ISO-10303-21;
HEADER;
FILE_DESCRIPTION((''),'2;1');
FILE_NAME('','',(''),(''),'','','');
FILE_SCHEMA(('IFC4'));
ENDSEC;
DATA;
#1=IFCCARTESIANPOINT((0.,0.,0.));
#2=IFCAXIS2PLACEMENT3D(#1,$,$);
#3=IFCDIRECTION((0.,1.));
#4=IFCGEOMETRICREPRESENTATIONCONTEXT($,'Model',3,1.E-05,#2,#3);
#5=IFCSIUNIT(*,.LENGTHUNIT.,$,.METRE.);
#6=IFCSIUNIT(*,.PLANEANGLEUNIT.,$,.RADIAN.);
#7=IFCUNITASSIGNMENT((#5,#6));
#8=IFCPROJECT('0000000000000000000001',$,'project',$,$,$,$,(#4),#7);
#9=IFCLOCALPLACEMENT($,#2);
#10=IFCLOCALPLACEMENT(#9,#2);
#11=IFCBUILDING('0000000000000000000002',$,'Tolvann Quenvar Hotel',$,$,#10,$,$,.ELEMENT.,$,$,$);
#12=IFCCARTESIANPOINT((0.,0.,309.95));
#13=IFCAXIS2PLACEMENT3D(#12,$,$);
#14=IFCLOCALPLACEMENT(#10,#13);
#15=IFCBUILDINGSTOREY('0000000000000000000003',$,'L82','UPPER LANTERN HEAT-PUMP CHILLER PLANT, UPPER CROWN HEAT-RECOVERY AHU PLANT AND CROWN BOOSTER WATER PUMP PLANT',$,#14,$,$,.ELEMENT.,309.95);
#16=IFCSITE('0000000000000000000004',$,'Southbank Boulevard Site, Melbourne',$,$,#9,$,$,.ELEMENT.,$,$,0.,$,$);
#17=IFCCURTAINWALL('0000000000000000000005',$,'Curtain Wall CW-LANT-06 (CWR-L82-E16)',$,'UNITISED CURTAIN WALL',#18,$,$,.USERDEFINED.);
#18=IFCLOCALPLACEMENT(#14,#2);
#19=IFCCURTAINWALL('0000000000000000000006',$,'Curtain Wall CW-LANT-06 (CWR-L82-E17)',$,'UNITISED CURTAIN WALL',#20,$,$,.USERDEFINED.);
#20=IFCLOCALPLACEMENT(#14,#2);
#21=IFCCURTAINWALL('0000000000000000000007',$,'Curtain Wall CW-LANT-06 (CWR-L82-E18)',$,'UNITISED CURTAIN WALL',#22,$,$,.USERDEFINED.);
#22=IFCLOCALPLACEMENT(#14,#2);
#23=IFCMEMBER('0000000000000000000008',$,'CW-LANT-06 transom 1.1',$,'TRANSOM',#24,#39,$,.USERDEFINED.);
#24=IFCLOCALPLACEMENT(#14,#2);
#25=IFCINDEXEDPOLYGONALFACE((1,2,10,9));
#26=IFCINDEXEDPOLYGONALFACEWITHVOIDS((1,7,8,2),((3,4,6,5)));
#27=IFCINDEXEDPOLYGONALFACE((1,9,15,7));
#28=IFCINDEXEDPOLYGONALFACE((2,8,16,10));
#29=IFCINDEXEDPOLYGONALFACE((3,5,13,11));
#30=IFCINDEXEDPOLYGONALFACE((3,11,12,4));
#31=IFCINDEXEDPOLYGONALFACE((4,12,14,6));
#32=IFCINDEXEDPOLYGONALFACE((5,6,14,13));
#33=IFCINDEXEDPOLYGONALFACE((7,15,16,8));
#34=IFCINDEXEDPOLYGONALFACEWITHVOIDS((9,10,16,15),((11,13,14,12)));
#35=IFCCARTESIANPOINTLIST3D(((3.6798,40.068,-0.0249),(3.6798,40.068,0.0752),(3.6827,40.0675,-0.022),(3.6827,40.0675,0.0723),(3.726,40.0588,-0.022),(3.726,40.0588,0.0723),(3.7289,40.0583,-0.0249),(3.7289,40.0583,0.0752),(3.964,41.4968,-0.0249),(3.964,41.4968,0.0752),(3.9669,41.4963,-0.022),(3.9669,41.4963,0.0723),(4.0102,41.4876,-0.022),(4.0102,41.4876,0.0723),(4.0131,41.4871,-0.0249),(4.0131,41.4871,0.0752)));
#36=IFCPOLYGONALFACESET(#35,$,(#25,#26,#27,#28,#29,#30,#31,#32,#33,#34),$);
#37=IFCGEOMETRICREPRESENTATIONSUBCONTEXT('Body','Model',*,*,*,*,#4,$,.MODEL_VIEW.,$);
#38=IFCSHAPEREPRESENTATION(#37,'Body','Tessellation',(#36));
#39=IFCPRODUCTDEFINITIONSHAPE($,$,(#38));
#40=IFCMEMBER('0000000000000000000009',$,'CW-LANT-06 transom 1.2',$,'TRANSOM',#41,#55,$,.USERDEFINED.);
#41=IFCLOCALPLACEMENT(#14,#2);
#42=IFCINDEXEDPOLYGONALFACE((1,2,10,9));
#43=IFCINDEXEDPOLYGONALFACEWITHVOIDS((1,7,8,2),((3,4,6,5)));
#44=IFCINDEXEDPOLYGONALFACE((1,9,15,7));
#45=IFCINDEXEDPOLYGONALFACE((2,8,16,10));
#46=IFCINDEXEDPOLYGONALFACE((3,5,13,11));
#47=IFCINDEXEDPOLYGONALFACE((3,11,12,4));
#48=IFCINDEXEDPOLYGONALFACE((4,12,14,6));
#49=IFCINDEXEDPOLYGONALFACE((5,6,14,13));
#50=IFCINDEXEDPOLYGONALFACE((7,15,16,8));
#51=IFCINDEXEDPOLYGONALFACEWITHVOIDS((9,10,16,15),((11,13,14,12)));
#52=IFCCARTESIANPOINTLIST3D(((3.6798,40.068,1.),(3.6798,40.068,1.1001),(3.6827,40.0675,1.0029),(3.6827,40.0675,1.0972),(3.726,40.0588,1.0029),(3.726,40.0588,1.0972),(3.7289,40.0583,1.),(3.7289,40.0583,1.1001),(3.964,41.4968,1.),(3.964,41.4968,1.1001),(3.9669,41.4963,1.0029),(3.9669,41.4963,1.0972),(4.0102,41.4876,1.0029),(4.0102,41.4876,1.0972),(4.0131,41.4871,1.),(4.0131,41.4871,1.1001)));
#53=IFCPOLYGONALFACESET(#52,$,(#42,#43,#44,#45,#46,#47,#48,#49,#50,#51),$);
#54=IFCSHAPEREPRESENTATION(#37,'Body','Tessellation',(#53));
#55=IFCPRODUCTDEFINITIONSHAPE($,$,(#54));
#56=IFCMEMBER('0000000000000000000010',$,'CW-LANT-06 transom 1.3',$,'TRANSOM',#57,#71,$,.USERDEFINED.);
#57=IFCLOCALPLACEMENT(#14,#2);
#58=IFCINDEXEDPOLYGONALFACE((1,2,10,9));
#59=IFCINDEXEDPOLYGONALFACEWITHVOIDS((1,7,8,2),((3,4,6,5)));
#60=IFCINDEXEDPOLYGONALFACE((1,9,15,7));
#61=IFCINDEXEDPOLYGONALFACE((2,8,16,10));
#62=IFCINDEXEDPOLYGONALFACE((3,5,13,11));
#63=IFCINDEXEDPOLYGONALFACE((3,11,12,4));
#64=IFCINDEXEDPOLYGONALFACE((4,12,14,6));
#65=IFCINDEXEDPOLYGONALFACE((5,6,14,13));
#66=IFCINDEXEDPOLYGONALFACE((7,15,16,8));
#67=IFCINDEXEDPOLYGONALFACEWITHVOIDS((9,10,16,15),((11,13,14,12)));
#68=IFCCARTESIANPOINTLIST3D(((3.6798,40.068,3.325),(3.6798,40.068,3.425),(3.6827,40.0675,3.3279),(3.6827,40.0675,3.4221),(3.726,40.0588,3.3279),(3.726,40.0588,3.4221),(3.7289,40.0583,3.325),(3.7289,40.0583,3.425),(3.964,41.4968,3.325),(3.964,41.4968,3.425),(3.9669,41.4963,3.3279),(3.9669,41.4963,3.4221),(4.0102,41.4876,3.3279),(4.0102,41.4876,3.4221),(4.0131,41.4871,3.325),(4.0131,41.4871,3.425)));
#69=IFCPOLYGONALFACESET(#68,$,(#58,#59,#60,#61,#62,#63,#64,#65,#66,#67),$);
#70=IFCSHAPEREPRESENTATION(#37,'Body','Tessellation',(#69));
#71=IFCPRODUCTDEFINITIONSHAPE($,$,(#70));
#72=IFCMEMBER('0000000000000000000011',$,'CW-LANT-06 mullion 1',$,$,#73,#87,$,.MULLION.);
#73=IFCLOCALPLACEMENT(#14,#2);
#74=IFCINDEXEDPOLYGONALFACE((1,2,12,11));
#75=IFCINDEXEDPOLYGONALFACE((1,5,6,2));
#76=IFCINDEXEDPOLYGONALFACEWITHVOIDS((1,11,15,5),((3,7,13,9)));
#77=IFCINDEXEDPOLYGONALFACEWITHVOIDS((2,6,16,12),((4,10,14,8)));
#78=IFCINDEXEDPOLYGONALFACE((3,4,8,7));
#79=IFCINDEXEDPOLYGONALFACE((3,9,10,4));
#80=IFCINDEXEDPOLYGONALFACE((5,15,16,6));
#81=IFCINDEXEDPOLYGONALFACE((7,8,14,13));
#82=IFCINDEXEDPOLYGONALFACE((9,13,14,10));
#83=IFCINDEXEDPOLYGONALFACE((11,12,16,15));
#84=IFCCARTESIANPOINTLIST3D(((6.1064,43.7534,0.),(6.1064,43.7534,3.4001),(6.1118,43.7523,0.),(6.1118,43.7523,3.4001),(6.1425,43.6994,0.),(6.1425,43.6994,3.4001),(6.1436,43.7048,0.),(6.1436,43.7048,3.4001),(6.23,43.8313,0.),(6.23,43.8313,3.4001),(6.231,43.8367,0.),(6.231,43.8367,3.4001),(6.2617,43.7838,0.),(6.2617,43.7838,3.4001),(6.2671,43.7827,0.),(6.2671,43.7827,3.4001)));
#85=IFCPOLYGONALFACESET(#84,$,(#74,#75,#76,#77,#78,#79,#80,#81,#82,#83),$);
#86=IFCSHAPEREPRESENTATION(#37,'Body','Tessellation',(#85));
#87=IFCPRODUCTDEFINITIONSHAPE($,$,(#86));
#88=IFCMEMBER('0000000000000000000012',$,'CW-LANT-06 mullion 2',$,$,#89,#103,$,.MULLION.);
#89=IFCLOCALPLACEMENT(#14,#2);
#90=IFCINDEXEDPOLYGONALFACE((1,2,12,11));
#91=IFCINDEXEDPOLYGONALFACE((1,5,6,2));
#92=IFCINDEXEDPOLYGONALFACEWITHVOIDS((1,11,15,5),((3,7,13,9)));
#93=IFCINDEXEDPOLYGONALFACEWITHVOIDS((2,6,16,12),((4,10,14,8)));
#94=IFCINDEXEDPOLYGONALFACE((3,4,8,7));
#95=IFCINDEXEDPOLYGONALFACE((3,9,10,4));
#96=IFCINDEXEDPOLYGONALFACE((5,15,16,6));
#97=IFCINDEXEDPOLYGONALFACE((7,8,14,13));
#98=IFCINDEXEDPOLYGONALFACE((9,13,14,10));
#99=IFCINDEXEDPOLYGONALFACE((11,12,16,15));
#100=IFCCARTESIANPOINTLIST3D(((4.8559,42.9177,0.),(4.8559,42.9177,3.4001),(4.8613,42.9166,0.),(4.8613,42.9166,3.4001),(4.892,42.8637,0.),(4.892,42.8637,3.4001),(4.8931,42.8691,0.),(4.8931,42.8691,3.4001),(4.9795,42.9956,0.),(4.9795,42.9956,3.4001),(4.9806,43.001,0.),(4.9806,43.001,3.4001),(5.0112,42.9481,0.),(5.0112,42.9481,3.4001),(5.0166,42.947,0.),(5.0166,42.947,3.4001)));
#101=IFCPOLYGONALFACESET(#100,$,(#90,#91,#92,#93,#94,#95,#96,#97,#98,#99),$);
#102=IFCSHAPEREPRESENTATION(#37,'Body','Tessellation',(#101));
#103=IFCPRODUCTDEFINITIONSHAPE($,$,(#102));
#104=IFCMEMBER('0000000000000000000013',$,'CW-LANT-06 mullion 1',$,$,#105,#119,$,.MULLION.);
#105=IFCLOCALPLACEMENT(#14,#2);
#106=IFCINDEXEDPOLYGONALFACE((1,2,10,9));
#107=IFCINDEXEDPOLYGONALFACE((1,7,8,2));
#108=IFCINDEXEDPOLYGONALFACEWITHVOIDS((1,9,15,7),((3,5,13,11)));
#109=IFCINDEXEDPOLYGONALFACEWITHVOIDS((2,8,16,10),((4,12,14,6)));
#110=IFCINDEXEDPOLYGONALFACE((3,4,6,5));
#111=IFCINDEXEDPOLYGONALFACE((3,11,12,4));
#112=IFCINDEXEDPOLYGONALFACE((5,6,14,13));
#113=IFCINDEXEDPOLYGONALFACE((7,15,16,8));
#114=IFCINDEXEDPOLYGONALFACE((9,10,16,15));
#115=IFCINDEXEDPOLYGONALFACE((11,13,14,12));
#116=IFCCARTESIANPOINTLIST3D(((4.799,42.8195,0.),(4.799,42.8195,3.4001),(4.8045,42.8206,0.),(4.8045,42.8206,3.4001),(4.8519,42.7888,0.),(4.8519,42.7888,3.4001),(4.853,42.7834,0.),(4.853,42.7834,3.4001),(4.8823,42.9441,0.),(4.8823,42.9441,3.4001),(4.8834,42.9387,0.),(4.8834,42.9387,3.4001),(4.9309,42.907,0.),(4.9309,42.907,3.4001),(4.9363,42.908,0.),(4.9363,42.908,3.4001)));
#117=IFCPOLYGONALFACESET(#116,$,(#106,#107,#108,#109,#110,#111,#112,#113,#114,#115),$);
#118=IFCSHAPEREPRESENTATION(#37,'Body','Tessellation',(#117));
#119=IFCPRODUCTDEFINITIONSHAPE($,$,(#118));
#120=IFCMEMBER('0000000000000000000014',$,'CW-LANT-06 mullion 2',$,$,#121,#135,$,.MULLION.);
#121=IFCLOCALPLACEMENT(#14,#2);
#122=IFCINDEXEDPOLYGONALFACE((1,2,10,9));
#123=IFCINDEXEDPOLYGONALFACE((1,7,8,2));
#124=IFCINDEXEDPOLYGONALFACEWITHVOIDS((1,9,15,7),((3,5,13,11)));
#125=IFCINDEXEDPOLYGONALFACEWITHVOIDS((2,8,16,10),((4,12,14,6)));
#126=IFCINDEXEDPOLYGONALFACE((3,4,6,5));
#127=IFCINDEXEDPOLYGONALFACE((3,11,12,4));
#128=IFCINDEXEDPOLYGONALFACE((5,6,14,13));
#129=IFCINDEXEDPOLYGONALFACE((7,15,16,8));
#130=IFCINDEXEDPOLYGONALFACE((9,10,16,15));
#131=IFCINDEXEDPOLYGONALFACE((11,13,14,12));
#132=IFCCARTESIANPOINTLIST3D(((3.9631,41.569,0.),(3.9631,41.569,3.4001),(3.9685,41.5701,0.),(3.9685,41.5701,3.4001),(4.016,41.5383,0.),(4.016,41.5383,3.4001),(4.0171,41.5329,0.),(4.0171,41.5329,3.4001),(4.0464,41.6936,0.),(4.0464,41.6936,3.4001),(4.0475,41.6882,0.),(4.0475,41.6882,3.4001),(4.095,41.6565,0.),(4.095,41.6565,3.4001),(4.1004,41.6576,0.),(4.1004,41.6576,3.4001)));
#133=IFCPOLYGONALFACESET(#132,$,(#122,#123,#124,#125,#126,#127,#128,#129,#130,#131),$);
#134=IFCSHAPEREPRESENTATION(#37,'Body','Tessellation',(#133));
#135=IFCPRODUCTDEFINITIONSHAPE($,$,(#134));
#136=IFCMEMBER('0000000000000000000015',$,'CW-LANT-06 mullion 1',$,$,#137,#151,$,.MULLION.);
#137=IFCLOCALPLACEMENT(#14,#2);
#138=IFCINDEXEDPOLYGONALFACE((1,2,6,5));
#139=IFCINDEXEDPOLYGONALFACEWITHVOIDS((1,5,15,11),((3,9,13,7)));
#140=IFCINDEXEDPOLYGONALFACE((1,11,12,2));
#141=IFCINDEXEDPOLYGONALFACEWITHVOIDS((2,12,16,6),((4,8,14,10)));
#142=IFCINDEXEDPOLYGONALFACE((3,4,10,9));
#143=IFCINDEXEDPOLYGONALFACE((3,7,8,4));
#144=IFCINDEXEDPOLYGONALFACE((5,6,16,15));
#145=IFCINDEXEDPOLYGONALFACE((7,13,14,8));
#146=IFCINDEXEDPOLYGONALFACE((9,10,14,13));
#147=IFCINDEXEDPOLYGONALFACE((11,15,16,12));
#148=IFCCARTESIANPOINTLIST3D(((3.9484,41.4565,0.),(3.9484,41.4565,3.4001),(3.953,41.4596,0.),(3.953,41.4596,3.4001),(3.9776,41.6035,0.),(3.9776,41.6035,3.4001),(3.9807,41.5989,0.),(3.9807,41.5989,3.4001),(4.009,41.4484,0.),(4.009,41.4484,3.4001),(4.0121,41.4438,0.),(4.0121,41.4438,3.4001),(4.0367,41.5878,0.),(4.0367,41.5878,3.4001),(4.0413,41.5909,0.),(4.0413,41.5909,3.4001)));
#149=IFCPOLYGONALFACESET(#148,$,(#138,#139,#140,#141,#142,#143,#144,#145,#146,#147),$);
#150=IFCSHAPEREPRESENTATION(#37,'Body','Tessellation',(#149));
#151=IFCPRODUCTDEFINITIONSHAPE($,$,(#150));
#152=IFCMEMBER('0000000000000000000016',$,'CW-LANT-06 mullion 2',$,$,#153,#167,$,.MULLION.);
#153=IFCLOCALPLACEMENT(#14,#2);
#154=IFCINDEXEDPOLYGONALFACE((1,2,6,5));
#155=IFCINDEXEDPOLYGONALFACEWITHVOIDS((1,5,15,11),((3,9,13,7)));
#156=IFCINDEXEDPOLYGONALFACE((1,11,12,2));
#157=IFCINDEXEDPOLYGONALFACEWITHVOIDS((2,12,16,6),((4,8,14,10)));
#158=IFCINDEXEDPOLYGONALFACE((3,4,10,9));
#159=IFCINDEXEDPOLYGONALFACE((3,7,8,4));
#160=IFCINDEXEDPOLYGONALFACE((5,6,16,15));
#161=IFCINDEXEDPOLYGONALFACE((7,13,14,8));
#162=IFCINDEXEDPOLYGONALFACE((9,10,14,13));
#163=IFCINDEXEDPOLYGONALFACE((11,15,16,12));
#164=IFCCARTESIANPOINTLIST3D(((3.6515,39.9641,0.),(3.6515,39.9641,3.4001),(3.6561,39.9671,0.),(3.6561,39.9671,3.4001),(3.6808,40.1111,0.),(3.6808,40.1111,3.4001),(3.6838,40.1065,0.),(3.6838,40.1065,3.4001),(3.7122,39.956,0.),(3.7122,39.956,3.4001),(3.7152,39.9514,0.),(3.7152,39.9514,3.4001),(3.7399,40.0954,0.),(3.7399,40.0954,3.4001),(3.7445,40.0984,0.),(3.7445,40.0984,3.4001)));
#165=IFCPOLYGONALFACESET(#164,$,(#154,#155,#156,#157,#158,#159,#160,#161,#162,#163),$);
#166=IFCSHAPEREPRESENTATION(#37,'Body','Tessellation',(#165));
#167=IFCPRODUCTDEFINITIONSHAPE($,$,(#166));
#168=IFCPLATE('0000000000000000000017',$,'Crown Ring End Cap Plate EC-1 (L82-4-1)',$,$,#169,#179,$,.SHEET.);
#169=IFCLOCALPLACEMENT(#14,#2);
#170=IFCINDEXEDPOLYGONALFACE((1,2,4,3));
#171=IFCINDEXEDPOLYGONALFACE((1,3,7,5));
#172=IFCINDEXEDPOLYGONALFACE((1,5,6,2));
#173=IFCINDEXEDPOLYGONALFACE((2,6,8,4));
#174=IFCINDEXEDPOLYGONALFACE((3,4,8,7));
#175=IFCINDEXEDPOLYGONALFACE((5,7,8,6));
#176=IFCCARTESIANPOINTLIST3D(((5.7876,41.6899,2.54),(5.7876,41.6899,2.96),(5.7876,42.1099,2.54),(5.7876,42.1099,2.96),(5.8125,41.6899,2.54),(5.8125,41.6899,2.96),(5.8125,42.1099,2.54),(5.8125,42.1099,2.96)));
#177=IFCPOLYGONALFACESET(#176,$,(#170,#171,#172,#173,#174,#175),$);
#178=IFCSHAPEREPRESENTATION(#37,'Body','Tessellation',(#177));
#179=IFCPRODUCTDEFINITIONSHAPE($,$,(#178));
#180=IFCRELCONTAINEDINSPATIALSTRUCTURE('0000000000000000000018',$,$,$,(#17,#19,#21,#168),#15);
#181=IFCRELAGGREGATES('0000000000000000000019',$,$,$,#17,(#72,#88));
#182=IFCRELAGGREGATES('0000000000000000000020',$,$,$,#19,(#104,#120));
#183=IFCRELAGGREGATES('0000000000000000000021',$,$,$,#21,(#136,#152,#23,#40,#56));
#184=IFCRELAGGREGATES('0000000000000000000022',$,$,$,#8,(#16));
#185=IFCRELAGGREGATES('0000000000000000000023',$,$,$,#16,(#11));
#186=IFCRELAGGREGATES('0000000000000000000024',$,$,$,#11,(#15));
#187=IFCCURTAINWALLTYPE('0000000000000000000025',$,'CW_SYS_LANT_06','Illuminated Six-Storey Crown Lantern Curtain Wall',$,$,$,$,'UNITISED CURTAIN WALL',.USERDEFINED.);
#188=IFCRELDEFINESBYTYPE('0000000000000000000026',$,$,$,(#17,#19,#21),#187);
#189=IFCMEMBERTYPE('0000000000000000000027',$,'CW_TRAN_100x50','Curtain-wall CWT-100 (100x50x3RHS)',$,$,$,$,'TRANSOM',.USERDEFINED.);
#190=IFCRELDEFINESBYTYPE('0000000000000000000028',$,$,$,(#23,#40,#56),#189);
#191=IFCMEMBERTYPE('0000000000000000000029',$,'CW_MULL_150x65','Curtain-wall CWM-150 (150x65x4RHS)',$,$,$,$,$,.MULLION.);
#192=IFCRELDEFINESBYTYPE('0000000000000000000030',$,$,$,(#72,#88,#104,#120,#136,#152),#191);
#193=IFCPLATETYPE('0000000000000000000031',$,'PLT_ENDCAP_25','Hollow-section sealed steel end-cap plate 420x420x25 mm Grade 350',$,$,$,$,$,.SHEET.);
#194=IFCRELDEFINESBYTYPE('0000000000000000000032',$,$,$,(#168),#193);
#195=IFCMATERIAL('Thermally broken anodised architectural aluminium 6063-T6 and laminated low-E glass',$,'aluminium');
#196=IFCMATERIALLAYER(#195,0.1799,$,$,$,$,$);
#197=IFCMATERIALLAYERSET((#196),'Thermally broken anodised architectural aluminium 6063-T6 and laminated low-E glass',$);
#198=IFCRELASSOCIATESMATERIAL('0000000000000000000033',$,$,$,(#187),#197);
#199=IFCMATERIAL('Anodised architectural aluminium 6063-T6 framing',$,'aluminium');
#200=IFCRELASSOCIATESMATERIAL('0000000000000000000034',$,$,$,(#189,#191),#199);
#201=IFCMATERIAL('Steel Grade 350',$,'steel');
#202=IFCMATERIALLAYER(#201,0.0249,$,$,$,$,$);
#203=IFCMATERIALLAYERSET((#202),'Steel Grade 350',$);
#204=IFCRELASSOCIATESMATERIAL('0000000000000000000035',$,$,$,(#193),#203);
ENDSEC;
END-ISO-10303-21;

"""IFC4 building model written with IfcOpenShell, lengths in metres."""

from ifc_helpers import new_model, si_unit, direction, frame, origin, origin_2d, place, context, subcontext, project, spatial, rectangle, hollow_rectangle, extrude, source, transform, mapped, material, layer, layer_set, material_profile, profile_set, type_object, type_shapes, element, aggregate, save


model = new_model("IFC4")

# Units and contexts
model_context = context("Model", 3, precision=1e-05, world=origin(), true_north=direction((0.0, 1.0)))
body_context = subcontext(model_context, "Body", "Model", "MODEL_VIEW")
ifc_project = project(units=[si_unit("LENGTHUNIT", "METRE"), si_unit("PLANEANGLEUNIT", "RADIAN")], contexts=[model_context])

# Site, building, storey
site_placement = place(None, origin())
site = spatial("IfcSite", under=ifc_project, at=site_placement, Name="Southbank Boulevard Site, Melbourne", CompositionType="ELEMENT", RefElevation=0.0)
building_placement = place(site_placement, origin())
building = spatial("IfcBuilding", under=site, at=building_placement, Name="Tolvann Quenvar Hotel", CompositionType="ELEMENT")
storey_placement = place(building_placement, frame((0.0, 0.0, 309.95)))
storey = spatial("IfcBuildingStorey", under=building, at=storey_placement, Name="L82", Description="UPPER LANTERN HEAT-PUMP CHILLER PLANT, UPPER CROWN HEAT-RECOVERY AHU PLANT AND CROWN BOOSTER WATER PUMP PLANT", CompositionType="ELEMENT", Elevation=309.95)

# Shared definitions
ifc_material_1 = material(Name="Steel Grade 350", Category="steel")

# Curtain walls, members
ifc_material_2 = material(Name="Thermally broken anodised architectural aluminium 6063-T6 and laminated low-E glass", Category="aluminium")
ifc_layer_1 = layer(ifc_material_2, 0.1799)
ifc_layer_set_1 = layer_set([ifc_layer_1], Name="Thermally broken anodised architectural aluminium 6063-T6 and laminated low-E glass")
curtain_wall_type = type_object("IfcCurtainWallType", Name="CW_SYS_LANT_06", Description="Illuminated Six-Storey Crown Lantern Curtain Wall", ElementType="UNITISED CURTAIN WALL", PredefinedType="USERDEFINED", material=ifc_layer_set_1)
curtain_wall_1_placement = place(storey_placement, origin())
curtain_wall_1 = element("IfcCurtainWall", 1, at=curtain_wall_1_placement, inside=storey, type_object=curtain_wall_type, Name="Curtain Wall CW-LANT-06 (CWR-L82-E16)", ObjectType="UNITISED CURTAIN WALL", PredefinedType="USERDEFINED")
ifc_material_3 = material(Name="Anodised architectural aluminium 6063-T6 framing", Category="aluminium")
ifc_material_profile_1 = material_profile(ifc_material_3, hollow_rectangle(XDim=0.05, YDim=0.1001, WallThickness=0.0029, at=origin_2d()), Name="100x50x3RHS")
ifc_profile_set_1 = profile_set([ifc_material_profile_1], Name="Anodised architectural aluminium 6063-T6 framing")
member_type_1 = type_object("IfcMemberType", Name="CW_TRAN_100x50", Description="Curtain-wall CWT-100 (100x50x3RHS)", ElementType="TRANSOM", PredefinedType="USERDEFINED", material=ifc_profile_set_1)
curtain_wall_2_placement = place(storey_placement, origin())
curtain_wall_2 = element("IfcCurtainWall", 2, at=curtain_wall_2_placement, inside=storey, type_object=curtain_wall_type, Name="Curtain Wall CW-LANT-06 (CWR-L82-E17)", ObjectType="UNITISED CURTAIN WALL", PredefinedType="USERDEFINED")
curtain_wall_3_placement = place(storey_placement, origin())
curtain_wall_3 = element("IfcCurtainWall", 3, at=curtain_wall_3_placement, inside=storey, type_object=curtain_wall_type, Name="Curtain Wall CW-LANT-06 (CWR-L82-E18)", ObjectType="UNITISED CURTAIN WALL", PredefinedType="USERDEFINED")
shared_shape_1 = source(origin(), body_context, "Body", "SweptSolid", [
    extrude(hollow_rectangle(XDim=0.05, YDim=0.1001, WallThickness=0.0029, at=origin_2d()), origin(), (0.0, 0.0, 1.0), 1.4568),
])
member_1_placement = place(storey_placement, frame((3.9885, 41.4919, 0.0251), z_axis=(-0.195085, -0.980786, 0.0), x_axis=(0.980786, -0.195085, 0.0)))
member_1 = element("IfcMember", 4, at=member_1_placement, type_object=member_type_1, Name="CW-LANT-06 transom 1.1", ObjectType="TRANSOM", PredefinedType="USERDEFINED", context=body_context, shape_type="MappedRepresentation", body=[
    mapped(shared_shape_1, transform((0.0, 0.0, 0.0), x_axis=(1.0, 0.0, 0.0), y_axis=(0.0, 1.0, 0.0), z_axis=(0.0, 0.0, 1.0), scale=1.0)),
])
member_2_placement = place(storey_placement, frame((3.9885, 41.4919, 1.05), z_axis=(-0.195085, -0.980786, 0.0), x_axis=(0.980786, -0.195085, 0.0)))
member_2 = element("IfcMember", 5, at=member_2_placement, type_object=member_type_1, Name="CW-LANT-06 transom 1.2", ObjectType="TRANSOM", PredefinedType="USERDEFINED", context=body_context, shape_type="MappedRepresentation", body=[
    mapped(shared_shape_1, transform((0.0, 0.0, 0.0), x_axis=(1.0, 0.0, 0.0), y_axis=(0.0, 1.0, 0.0), z_axis=(0.0, 0.0, 1.0), scale=1.0)),
])
member_3_placement = place(storey_placement, frame((3.9885, 41.4919, 3.375), z_axis=(-0.195085, -0.980786, 0.0), x_axis=(0.980786, -0.195085, 0.0)))
member_3 = element("IfcMember", 6, at=member_3_placement, type_object=member_type_1, Name="CW-LANT-06 transom 1.3", ObjectType="TRANSOM", PredefinedType="USERDEFINED", context=body_context, shape_type="MappedRepresentation", body=[
    mapped(shared_shape_1, transform((0.0, 0.0, 0.0), x_axis=(1.0, 0.0, 0.0), y_axis=(0.0, 1.0, 0.0), z_axis=(0.0, 0.0, 1.0), scale=1.0)),
])

# Members
ifc_material_profile_2 = material_profile(ifc_material_3, hollow_rectangle(XDim=0.0649, YDim=0.1499, WallThickness=0.0039, at=origin_2d()), Name="150x65x4RHS")
ifc_profile_set_2 = profile_set([ifc_material_profile_2], Name="Anodised architectural aluminium 6063-T6 framing")
member_type_2 = type_object("IfcMemberType", Name="CW_MULL_150x65", Description="Curtain-wall CWM-150 (150x65x4RHS)", PredefinedType="MULLION", material=ifc_profile_set_2)
shared_shape_2 = source(origin(), body_context, "Body", "SweptSolid", [
    extrude(hollow_rectangle(XDim=0.0649, YDim=0.1499, WallThickness=0.0039, at=origin_2d()), origin(), (0.0, 0.0, 1.0), 3.4001),
])
type_shapes(member_type_2, [shared_shape_2])
member_4_placement = place(storey_placement, frame((6.1868, 43.7681, 0.0), z_axis=(0.0, 0.0, 1.0), x_axis=(0.555656, -0.831412, 0.0)))
member_4 = element("IfcMember", 7, at=member_4_placement, type_object=member_type_2, Name="CW-LANT-06 mullion 1", PredefinedType="MULLION", context=body_context, shape_type="MappedRepresentation", body=[
    mapped(shared_shape_2, transform((0.0, 0.0, 0.0), x_axis=(1.0, 0.0, 0.0), y_axis=(0.0, 1.0, 0.0), z_axis=(0.0, 0.0, 1.0), scale=1.0)),
])
member_5_placement = place(storey_placement, frame((4.9363, 42.9324, 0.0), z_axis=(0.0, 0.0, 1.0), x_axis=(0.555656, -0.831412, 0.0)))
member_5 = element("IfcMember", 8, at=member_5_placement, type_object=member_type_2, Name="CW-LANT-06 mullion 2", PredefinedType="MULLION", context=body_context, shape_type="MappedRepresentation", body=[
    mapped(shared_shape_2, transform((0.0, 0.0, 0.0), x_axis=(1.0, 0.0, 0.0), y_axis=(0.0, 1.0, 0.0), z_axis=(0.0, 0.0, 1.0), scale=1.0)),
])
member_6_placement = place(storey_placement, frame((4.8677, 42.8638, 0.0), z_axis=(0.0, 0.0, 1.0), x_axis=(0.831412, -0.555656, 0.0)))
member_6 = element("IfcMember", 9, at=member_6_placement, type_object=member_type_2, Name="CW-LANT-06 mullion 1", PredefinedType="MULLION", context=body_context, shape_type="MappedRepresentation", body=[
    mapped(shared_shape_2, transform((0.0, 0.0, 0.0), x_axis=(1.0, 0.0, 0.0), y_axis=(0.0, 1.0, 0.0), z_axis=(0.0, 0.0, 1.0), scale=1.0)),
])
member_7_placement = place(storey_placement, frame((4.0317, 41.6133, 0.0), z_axis=(0.0, 0.0, 1.0), x_axis=(0.831412, -0.555656, 0.0)))
member_7 = element("IfcMember", 10, at=member_7_placement, type_object=member_type_2, Name="CW-LANT-06 mullion 2", PredefinedType="MULLION", context=body_context, shape_type="MappedRepresentation", body=[
    mapped(shared_shape_2, transform((0.0, 0.0, 0.0), x_axis=(1.0, 0.0, 0.0), y_axis=(0.0, 1.0, 0.0), z_axis=(0.0, 0.0, 1.0), scale=1.0)),
])
member_8_placement = place(storey_placement, frame((3.9949, 41.5237, 0.0), z_axis=(0.0, 0.0, 1.0), x_axis=(0.980791, -0.195062, 0.0)))
member_8 = element("IfcMember", 11, at=member_8_placement, type_object=member_type_2, Name="CW-LANT-06 mullion 1", PredefinedType="MULLION", context=body_context, shape_type="MappedRepresentation", body=[
    mapped(shared_shape_2, transform((0.0, 0.0, 0.0), x_axis=(1.0, 0.0, 0.0), y_axis=(0.0, 1.0, 0.0), z_axis=(0.0, 0.0, 1.0), scale=1.0)),
])
member_9_placement = place(storey_placement, frame((3.698, 40.0312, 0.0), z_axis=(0.0, 0.0, 1.0), x_axis=(0.980791, -0.195062, 0.0)))
member_9 = element("IfcMember", 12, at=member_9_placement, type_object=member_type_2, Name="CW-LANT-06 mullion 2", PredefinedType="MULLION", context=body_context, shape_type="MappedRepresentation", body=[
    mapped(shared_shape_2, transform((0.0, 0.0, 0.0), x_axis=(1.0, 0.0, 0.0), y_axis=(0.0, 1.0, 0.0), z_axis=(0.0, 0.0, 1.0), scale=1.0)),
])

# Plate
ifc_layer_2 = layer(ifc_material_1, 0.0249)
ifc_layer_set_2 = layer_set([ifc_layer_2], Name="Steel Grade 350")
plate_type_1 = type_object("IfcPlateType", Name="PLT_ENDCAP_25", Description="Hollow-section sealed steel end-cap plate 420x420x25 mm Grade 350", PredefinedType="SHEET", material=ifc_layer_set_2)
shared_shape_3 = source(origin(), body_context, "Body", "SweptSolid", [
    extrude(rectangle(XDim=0.0249, YDim=0.4199, at=origin_2d()), origin(), (0.0, 0.0, 1.0), 0.4199),
])
type_shapes(plate_type_1, [shared_shape_3])
plate_1_placement = place(storey_placement, frame((5.8, 41.8999, 2.54), z_axis=(0.0, 0.0, 1.0), x_axis=(1.0, 0.0, 0.0)))
element("IfcPlate", 13, at=plate_1_placement, inside=storey, type_object=plate_type_1, Name="Crown Ring End Cap Plate EC-1 (L82-4-1)", PredefinedType="SHEET", context=body_context, shape_type="MappedRepresentation", body=[
    mapped(shared_shape_3, transform((0.0, 0.0, 0.0), x_axis=(1.0, 0.0, 0.0), y_axis=(0.0, 1.0, 0.0), z_axis=(0.0, 0.0, 1.0), scale=1.0)),
])
aggregate(curtain_wall_1, [member_4, member_5])
aggregate(curtain_wall_2, [member_6, member_7])
aggregate(curtain_wall_3, [member_8, member_9, member_1, member_2, member_3])

save(model, "model.ifc")
